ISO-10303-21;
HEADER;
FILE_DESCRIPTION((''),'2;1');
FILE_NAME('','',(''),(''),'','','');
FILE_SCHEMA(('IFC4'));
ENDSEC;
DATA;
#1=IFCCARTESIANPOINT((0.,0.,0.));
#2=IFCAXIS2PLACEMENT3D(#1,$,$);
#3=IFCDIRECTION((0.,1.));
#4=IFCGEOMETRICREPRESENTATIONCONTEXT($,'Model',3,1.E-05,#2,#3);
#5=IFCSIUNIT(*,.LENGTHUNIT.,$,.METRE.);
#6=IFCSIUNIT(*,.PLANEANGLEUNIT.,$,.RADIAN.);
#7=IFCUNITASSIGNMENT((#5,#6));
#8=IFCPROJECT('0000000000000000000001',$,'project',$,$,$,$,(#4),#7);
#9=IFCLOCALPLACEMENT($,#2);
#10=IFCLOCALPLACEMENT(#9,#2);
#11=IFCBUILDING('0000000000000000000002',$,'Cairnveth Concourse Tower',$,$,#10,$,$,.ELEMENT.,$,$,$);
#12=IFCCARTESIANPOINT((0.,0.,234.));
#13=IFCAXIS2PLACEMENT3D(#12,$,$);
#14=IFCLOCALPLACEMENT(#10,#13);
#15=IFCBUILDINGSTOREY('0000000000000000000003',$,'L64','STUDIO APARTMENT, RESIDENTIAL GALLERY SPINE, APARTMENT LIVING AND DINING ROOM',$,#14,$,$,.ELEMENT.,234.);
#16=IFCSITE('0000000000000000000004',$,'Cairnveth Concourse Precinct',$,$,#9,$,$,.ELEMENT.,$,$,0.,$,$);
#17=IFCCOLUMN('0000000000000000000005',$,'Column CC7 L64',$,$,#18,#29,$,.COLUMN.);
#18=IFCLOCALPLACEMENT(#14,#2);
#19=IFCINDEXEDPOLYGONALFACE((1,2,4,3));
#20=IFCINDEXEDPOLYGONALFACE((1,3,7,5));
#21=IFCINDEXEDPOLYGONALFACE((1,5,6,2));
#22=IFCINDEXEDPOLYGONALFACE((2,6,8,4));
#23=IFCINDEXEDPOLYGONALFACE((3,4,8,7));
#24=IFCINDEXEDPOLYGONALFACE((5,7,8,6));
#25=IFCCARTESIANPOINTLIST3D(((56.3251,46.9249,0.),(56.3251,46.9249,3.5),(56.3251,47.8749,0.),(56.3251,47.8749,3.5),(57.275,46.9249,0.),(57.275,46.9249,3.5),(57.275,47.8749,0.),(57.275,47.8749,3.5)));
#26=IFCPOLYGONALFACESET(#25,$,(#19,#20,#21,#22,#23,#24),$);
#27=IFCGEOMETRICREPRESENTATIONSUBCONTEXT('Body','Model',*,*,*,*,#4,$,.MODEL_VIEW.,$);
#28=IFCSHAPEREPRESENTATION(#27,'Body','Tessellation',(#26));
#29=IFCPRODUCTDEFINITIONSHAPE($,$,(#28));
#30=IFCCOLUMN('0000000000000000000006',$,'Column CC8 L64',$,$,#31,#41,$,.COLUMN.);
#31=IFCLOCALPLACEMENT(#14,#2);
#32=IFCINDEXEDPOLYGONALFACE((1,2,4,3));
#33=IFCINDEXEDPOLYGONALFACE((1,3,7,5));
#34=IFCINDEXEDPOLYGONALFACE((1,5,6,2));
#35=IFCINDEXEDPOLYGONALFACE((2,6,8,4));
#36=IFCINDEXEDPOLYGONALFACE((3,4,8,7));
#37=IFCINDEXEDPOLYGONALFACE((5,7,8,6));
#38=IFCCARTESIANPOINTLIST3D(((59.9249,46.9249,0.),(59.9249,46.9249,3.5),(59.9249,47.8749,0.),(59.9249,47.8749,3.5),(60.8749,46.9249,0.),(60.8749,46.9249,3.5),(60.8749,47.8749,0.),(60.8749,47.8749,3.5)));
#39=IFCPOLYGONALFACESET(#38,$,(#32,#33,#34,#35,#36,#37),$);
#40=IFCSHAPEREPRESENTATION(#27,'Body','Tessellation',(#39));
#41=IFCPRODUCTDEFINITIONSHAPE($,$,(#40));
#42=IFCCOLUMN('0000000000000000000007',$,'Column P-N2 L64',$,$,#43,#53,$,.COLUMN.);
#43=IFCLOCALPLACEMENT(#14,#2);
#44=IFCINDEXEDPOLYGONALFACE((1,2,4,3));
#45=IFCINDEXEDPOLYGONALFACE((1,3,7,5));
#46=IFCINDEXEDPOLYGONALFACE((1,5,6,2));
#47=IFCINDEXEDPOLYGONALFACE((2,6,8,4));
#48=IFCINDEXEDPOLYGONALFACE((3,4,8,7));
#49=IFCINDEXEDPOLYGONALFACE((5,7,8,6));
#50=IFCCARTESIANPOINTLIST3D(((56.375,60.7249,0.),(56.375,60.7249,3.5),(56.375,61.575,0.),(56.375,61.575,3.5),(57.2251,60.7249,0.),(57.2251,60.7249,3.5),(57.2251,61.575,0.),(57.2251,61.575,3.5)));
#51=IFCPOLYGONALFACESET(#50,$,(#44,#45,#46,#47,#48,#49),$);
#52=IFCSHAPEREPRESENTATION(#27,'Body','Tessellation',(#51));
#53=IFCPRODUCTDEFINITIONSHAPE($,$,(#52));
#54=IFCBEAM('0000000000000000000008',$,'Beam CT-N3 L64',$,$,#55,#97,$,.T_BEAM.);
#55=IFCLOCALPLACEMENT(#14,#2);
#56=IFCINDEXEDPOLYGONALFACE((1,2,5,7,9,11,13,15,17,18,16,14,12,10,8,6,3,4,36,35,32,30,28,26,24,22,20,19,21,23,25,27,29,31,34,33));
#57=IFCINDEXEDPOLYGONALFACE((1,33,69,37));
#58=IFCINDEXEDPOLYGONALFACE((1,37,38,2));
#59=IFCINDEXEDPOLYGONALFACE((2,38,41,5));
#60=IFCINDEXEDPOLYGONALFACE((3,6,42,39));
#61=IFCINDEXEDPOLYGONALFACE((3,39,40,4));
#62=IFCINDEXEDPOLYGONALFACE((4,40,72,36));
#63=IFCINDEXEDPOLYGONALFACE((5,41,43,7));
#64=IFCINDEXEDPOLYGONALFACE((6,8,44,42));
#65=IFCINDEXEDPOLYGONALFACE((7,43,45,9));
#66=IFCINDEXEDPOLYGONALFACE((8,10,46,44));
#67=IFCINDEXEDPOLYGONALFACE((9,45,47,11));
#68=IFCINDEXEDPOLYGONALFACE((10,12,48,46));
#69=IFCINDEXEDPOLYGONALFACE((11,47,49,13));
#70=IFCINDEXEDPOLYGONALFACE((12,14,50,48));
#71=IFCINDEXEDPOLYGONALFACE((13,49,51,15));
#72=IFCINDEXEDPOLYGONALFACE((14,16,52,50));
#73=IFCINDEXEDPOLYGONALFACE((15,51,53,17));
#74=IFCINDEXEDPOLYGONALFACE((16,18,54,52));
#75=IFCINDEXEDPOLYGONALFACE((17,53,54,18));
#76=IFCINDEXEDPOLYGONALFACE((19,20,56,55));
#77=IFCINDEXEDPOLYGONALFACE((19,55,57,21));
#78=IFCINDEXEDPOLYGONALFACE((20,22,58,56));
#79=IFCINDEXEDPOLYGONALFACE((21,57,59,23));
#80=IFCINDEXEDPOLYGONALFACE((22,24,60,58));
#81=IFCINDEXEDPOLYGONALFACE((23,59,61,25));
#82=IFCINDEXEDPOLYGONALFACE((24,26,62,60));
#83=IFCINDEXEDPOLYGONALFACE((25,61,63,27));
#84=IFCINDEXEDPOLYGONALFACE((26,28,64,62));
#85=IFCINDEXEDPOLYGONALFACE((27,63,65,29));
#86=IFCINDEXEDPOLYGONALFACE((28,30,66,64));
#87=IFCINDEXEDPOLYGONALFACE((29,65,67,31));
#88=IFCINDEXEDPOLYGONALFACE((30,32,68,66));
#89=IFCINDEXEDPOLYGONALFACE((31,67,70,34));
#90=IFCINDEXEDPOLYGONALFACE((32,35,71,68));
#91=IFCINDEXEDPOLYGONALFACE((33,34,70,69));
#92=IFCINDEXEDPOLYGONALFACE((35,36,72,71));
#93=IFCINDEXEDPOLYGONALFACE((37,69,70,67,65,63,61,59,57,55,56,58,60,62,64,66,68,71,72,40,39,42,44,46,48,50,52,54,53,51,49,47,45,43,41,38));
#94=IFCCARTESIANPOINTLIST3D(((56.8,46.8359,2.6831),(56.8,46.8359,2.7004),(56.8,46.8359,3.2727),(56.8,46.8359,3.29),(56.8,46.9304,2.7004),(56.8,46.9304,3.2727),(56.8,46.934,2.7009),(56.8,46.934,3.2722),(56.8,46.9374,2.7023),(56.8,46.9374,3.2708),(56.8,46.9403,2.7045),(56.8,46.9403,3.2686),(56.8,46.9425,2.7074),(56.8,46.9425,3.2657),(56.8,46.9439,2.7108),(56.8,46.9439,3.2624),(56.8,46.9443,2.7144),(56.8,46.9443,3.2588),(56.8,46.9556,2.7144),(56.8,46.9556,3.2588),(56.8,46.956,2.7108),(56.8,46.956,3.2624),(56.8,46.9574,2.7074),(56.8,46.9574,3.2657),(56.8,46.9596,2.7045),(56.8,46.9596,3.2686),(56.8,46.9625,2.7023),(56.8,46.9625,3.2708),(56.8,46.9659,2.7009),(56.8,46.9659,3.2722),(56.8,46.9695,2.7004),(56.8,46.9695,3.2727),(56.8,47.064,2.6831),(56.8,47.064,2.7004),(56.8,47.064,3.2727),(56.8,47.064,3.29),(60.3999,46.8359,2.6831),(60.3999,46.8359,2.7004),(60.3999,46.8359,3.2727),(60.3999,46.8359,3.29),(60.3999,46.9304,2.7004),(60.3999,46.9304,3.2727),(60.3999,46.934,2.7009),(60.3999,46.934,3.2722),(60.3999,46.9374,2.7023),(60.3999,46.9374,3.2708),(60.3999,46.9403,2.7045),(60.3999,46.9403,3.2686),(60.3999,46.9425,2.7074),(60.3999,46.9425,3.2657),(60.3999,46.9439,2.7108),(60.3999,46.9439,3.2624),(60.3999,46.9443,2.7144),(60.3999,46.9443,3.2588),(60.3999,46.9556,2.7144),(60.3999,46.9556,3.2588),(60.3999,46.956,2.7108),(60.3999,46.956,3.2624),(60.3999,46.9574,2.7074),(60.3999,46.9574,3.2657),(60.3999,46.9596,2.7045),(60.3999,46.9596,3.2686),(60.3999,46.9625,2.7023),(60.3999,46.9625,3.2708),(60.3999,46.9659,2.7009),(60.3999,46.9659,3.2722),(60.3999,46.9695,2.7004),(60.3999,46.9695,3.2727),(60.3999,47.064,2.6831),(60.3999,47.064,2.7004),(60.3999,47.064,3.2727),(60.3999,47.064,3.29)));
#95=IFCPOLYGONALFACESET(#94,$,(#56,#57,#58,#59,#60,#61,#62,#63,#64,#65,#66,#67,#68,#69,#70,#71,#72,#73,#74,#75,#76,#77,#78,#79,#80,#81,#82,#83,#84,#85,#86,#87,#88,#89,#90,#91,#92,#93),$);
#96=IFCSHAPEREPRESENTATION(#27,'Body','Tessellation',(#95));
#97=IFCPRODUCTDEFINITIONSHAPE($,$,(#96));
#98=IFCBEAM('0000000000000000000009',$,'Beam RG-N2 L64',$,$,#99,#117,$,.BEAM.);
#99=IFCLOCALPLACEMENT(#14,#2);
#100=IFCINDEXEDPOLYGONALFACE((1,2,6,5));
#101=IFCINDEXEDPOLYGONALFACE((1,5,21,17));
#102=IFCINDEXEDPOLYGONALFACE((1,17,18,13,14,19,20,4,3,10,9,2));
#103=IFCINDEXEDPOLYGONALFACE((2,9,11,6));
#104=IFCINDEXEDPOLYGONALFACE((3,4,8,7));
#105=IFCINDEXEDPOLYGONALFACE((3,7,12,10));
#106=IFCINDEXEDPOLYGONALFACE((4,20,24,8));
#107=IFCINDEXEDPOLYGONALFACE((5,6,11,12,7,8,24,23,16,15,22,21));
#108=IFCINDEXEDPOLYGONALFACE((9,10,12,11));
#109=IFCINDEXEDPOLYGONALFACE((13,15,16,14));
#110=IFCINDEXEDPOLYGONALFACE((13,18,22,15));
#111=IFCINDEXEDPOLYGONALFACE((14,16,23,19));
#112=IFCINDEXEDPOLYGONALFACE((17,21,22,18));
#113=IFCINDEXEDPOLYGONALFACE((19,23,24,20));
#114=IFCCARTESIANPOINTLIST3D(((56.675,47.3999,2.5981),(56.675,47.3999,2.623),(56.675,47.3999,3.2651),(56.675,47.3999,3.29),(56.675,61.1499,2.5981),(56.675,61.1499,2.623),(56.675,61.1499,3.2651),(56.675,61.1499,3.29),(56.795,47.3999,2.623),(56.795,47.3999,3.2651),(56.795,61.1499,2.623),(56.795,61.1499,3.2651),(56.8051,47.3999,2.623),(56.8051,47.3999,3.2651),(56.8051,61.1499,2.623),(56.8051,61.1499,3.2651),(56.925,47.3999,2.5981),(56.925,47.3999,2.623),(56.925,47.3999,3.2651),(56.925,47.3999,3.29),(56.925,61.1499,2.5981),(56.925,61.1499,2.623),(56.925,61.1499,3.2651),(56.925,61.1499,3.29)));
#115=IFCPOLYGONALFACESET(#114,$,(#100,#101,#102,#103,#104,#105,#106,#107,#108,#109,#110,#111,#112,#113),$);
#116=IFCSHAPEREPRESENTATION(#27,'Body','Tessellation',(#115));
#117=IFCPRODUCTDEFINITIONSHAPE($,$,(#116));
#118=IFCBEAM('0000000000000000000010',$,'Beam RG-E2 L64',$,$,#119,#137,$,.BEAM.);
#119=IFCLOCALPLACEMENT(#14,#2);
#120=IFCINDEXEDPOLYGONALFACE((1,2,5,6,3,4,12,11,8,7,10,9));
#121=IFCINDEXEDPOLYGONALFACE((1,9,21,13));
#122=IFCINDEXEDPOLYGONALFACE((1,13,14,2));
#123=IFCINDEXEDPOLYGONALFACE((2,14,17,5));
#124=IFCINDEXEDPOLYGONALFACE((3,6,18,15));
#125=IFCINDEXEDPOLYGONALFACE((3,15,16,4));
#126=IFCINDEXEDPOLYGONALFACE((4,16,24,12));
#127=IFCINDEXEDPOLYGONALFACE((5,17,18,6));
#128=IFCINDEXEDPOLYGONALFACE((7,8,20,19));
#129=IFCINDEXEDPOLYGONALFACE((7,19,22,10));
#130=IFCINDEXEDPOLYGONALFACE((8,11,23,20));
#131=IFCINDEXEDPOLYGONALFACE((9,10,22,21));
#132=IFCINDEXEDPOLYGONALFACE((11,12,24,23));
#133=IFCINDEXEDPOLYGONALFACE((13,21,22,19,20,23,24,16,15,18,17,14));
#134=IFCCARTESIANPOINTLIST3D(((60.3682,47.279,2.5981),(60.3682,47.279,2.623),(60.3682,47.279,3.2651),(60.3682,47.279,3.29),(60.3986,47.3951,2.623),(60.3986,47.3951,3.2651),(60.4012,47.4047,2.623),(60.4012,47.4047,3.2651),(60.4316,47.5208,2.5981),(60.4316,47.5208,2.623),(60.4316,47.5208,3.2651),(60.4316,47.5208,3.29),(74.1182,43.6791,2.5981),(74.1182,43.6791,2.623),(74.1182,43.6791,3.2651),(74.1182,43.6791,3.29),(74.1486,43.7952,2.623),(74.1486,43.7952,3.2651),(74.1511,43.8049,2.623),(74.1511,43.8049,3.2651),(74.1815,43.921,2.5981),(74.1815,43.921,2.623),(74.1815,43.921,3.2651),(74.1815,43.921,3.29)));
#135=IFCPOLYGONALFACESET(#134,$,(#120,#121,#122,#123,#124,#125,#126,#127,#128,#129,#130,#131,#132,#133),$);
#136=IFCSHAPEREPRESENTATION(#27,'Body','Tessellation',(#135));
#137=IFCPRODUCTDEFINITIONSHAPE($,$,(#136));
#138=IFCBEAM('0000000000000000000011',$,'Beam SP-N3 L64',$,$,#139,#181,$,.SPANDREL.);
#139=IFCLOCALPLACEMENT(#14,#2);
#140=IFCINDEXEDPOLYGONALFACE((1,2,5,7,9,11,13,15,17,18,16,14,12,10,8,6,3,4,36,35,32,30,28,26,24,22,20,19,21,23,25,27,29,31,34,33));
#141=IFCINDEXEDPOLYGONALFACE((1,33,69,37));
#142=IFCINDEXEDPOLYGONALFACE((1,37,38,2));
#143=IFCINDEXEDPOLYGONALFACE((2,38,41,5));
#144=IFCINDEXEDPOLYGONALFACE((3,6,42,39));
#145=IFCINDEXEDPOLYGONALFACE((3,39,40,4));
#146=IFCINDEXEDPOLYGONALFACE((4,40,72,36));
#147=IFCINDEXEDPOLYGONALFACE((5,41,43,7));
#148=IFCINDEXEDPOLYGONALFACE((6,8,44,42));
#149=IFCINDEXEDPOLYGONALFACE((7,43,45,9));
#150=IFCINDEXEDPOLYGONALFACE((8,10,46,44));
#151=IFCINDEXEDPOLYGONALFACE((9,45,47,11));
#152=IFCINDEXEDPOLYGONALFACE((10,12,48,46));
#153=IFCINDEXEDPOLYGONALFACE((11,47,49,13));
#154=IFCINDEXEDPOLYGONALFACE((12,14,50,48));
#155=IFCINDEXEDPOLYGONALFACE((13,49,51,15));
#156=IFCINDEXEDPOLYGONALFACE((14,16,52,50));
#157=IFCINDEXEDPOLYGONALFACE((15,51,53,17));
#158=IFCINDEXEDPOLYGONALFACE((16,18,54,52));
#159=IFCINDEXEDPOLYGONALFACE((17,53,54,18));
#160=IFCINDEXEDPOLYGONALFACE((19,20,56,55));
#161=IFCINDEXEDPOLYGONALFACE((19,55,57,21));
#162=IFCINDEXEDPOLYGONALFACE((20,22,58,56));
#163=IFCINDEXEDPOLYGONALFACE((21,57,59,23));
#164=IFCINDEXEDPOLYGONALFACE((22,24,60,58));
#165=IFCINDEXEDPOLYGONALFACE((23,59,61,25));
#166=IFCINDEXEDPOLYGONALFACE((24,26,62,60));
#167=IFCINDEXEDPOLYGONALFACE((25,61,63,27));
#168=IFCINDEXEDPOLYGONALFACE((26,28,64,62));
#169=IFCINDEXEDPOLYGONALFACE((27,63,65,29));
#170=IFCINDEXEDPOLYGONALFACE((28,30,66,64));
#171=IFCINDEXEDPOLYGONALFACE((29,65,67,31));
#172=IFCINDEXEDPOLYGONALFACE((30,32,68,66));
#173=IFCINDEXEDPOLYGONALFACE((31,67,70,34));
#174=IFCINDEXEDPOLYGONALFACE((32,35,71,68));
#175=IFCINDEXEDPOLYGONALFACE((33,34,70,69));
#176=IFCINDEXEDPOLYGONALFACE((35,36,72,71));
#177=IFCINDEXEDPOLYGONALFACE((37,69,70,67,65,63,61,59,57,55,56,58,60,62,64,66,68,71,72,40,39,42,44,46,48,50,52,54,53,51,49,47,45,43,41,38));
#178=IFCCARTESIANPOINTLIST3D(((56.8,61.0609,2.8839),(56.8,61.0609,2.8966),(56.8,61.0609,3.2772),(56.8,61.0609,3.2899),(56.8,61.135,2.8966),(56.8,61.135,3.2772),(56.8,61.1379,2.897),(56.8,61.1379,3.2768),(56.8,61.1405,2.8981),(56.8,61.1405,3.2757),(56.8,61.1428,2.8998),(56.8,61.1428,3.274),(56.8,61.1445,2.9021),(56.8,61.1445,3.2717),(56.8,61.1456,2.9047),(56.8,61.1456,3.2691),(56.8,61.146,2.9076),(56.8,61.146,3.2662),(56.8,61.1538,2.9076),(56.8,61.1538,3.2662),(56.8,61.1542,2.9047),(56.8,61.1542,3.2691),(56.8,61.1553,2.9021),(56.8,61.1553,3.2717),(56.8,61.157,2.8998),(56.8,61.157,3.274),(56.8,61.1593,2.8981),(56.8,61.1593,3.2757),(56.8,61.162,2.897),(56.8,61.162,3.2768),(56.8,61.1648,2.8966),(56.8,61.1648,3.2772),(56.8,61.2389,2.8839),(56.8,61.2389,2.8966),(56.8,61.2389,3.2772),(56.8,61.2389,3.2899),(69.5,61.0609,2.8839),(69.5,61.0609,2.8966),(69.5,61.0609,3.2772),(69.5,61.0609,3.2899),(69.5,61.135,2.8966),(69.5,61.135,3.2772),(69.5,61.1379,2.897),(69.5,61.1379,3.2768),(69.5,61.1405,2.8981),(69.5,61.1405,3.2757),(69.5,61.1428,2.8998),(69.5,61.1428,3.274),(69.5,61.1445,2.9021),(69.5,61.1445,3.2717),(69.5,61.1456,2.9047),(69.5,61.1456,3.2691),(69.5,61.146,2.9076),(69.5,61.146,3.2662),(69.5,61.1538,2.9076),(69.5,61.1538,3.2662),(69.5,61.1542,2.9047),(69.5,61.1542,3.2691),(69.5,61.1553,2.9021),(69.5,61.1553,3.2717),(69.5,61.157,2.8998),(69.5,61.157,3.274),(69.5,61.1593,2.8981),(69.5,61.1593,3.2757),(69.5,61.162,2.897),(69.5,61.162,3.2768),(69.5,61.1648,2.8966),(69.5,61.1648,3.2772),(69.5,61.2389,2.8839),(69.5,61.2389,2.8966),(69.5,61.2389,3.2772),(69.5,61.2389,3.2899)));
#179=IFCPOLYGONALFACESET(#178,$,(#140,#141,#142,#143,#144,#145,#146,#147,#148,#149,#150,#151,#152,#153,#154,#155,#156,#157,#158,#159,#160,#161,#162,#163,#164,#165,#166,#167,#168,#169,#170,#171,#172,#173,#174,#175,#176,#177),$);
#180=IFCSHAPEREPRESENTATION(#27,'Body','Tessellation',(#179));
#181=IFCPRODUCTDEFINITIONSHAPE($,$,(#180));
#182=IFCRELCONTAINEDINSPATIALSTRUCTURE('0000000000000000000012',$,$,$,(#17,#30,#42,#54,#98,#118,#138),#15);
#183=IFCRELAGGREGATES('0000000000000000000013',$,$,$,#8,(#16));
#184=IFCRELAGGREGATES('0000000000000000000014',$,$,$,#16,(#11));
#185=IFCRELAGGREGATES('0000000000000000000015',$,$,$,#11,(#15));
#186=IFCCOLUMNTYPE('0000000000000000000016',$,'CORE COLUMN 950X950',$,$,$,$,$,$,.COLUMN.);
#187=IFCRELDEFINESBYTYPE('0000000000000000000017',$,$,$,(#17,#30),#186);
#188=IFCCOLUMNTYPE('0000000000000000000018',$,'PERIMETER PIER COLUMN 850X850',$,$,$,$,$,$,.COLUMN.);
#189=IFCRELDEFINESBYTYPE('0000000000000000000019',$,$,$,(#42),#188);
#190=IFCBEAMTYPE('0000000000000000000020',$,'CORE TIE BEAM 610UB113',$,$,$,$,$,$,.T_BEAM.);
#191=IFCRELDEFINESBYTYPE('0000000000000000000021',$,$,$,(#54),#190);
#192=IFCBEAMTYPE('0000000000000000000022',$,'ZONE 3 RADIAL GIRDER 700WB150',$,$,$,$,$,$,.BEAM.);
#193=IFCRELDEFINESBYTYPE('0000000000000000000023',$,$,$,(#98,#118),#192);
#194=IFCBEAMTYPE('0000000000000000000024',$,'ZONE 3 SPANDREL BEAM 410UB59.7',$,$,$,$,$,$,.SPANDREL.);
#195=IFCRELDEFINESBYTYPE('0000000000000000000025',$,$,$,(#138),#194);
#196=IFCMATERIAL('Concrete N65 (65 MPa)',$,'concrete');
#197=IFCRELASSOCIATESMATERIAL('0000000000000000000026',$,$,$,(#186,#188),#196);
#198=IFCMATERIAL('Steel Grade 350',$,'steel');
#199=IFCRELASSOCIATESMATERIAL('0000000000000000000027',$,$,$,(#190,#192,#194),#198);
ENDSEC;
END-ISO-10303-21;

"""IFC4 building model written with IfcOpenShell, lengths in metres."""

from ifc_helpers import new_model, si_unit, direction, frame, origin, origin_2d, place, context, subcontext, project, spatial, rectangle, i_section, extrude, material, material_profile, profile_set, type_object, element, save


model = new_model("IFC4")

# Units and contexts
model_context = context("Model", 3, precision=1e-05, world=origin(), true_north=direction((0.0, 1.0)))
body_context = subcontext(model_context, "Body", "Model", "MODEL_VIEW")
ifc_project = project(units=[si_unit("LENGTHUNIT", "METRE"), si_unit("PLANEANGLEUNIT", "RADIAN")], contexts=[model_context])

# Site, building, storey
site_placement = place(None, origin())
site = spatial("IfcSite", under=ifc_project, at=site_placement, Name="Cairnveth Concourse Precinct", CompositionType="ELEMENT", RefElevation=0.0)
building_placement = place(site_placement, origin())
building = spatial("IfcBuilding", under=site, at=building_placement, Name="Cairnveth Concourse Tower", CompositionType="ELEMENT")
storey_placement = place(building_placement, frame((0.0, 0.0, 234.0)))
storey = spatial("IfcBuildingStorey", under=building, at=storey_placement, Name="L64", Description="STUDIO APARTMENT, RESIDENTIAL GALLERY SPINE, APARTMENT LIVING AND DINING ROOM", CompositionType="ELEMENT", Elevation=234.0)

# Columns
ifc_material_1 = material(Name="Concrete N65 (65 MPa)", Category="concrete")
ifc_material_profile_1 = material_profile(ifc_material_1, rectangle(XDim=0.95, YDim=0.95, at=origin_2d()), Name="RC-COL-950x950")
ifc_profile_set_1 = profile_set([ifc_material_profile_1], Name="Concrete N65 (65 MPa)")
column_type_1 = type_object("IfcColumnType", Name="CORE COLUMN 950X950", PredefinedType="COLUMN", material=ifc_profile_set_1)
for number, where, z_axis, x_axis, name in (
    (1, (56.8, 47.3999, 0.0), (0.0, 0.0, 1.0), (1.0, 0.0, 0.0), "Column CC7 L64"),
    (2, (60.3999, 47.3999, 0.0), (0.0, 0.0, 1.0), (1.0, 0.0, 0.0), "Column CC8 L64"),
):
    element("IfcColumn", number, at=place(storey_placement, frame(where, z_axis=z_axis, x_axis=x_axis)), inside=storey, type_object=column_type_1, Name=name, PredefinedType="COLUMN", context=body_context, shape_type="SweptSolid", body=[
        extrude(rectangle(XDim=0.95, YDim=0.95, at=origin_2d()), origin(), (0.0, 0.0, 1.0), 3.5),
    ])
ifc_material_profile_2 = material_profile(ifc_material_1, rectangle(XDim=0.8501, YDim=0.8501, at=origin_2d()), Name="RC-COL-850x850")
ifc_profile_set_2 = profile_set([ifc_material_profile_2], Name="Concrete N65 (65 MPa)")
column_type_2 = type_object("IfcColumnType", Name="PERIMETER PIER COLUMN 850X850", PredefinedType="COLUMN", material=ifc_profile_set_2)
column_placement = place(storey_placement, frame((56.8, 61.1499, 0.0), z_axis=(0.0, 0.0, 1.0), x_axis=(1.0, 0.0, 0.0)))
element("IfcColumn", 3, at=column_placement, inside=storey, type_object=column_type_2, Name="Column P-N2 L64", PredefinedType="COLUMN", context=body_context, shape_type="SweptSolid", body=[
    extrude(rectangle(XDim=0.8501, YDim=0.8501, at=origin_2d()), origin(), (0.0, 0.0, 1.0), 3.5),
])

# Beams
ifc_material_2 = material(Name="Steel Grade 350", Category="steel")
ifc_material_profile_3 = material_profile(ifc_material_2, i_section(OverallWidth=0.228, OverallDepth=0.6069, WebThickness=0.0112, FlangeThickness=0.0173, FilletRadius=0.0139, at=origin_2d()), Name="610UB113")
ifc_profile_set_3 = profile_set([ifc_material_profile_3], Name="Steel Grade 350")
beam_type_1 = type_object("IfcBeamType", Name="CORE TIE BEAM 610UB113", PredefinedType="T_BEAM", material=ifc_profile_set_3)
beam_1_placement = place(storey_placement, frame((56.8, 46.95, 2.9866), z_axis=(1.0, 0.0, 0.0), x_axis=(0.0, 1.0, 0.0)))
element("IfcBeam", 4, at=beam_1_placement, inside=storey, type_object=beam_type_1, Name="Beam CT-N3 L64", PredefinedType="T_BEAM", context=body_context, shape_type="SweptSolid", body=[
    extrude(i_section(OverallWidth=0.228, OverallDepth=0.6069, WebThickness=0.0112, FlangeThickness=0.0173, FilletRadius=0.0139, at=origin_2d()), origin(), (0.0, 0.0, 1.0), 3.5999),
])
ifc_material_profile_4 = material_profile(ifc_material_2, i_section(OverallWidth=0.25, OverallDepth=0.6919, WebThickness=0.01, FlangeThickness=0.0249, at=origin_2d()), Name="700WB150")
ifc_profile_set_4 = profile_set([ifc_material_profile_4], Name="Steel Grade 350")
beam_type_2 = type_object("IfcBeamType", Name="ZONE 3 RADIAL GIRDER 700WB150", PredefinedType="BEAM", material=ifc_profile_set_4)
beam_2_placement = place(storey_placement, frame((56.8, 47.3999, 2.9441), z_axis=(0.0, 1.0, 0.0), x_axis=(-1.0, 0.0, 0.0)))
element("IfcBeam", 5, at=beam_2_placement, inside=storey, type_object=beam_type_2, Name="Beam RG-N2 L64", PredefinedType="BEAM", context=body_context, shape_type="SweptSolid", body=[
    extrude(i_section(OverallWidth=0.25, OverallDepth=0.6919, WebThickness=0.01, FlangeThickness=0.0249, at=origin_2d()), origin(), (0.0, 0.0, 1.0), 13.75),
])
beam_3_placement = place(storey_placement, frame((60.3999, 47.3999, 2.9441), z_axis=(0.967395, -0.253271, 0.0), x_axis=(0.253271, 0.967395, 0.0)))
element("IfcBeam", 6, at=beam_3_placement, inside=storey, type_object=beam_type_2, Name="Beam RG-E2 L64", PredefinedType="BEAM", context=body_context, shape_type="SweptSolid", body=[
    extrude(i_section(OverallWidth=0.25, OverallDepth=0.6919, WebThickness=0.01, FlangeThickness=0.0249, at=origin_2d()), origin(), (0.0, 0.0, 1.0), 14.2134),
])
ifc_material_profile_5 = material_profile(ifc_material_2, i_section(OverallWidth=0.178, OverallDepth=0.406, WebThickness=0.0078, FlangeThickness=0.0127, FilletRadius=0.011, at=origin_2d()), Name="410UB59.7")
ifc_profile_set_5 = profile_set([ifc_material_profile_5], Name="Steel Grade 350")
beam_type_3 = type_object("IfcBeamType", Name="ZONE 3 SPANDREL BEAM 410UB59.7", PredefinedType="SPANDREL", material=ifc_profile_set_5)
beam_4_placement = place(storey_placement, frame((56.8, 61.1499, 3.0869), z_axis=(1.0, 0.0, 0.0), x_axis=(0.0, 1.0, 0.0)))
element("IfcBeam", 7, at=beam_4_placement, inside=storey, type_object=beam_type_3, Name="Beam SP-N3 L64", PredefinedType="SPANDREL", context=body_context, shape_type="SweptSolid", body=[
    extrude(i_section(OverallWidth=0.178, OverallDepth=0.406, WebThickness=0.0078, FlangeThickness=0.0127, FilletRadius=0.011, at=origin_2d()), origin(), (0.0, 0.0, 1.0), 12.7),
])

save(model, "model.ifc")
